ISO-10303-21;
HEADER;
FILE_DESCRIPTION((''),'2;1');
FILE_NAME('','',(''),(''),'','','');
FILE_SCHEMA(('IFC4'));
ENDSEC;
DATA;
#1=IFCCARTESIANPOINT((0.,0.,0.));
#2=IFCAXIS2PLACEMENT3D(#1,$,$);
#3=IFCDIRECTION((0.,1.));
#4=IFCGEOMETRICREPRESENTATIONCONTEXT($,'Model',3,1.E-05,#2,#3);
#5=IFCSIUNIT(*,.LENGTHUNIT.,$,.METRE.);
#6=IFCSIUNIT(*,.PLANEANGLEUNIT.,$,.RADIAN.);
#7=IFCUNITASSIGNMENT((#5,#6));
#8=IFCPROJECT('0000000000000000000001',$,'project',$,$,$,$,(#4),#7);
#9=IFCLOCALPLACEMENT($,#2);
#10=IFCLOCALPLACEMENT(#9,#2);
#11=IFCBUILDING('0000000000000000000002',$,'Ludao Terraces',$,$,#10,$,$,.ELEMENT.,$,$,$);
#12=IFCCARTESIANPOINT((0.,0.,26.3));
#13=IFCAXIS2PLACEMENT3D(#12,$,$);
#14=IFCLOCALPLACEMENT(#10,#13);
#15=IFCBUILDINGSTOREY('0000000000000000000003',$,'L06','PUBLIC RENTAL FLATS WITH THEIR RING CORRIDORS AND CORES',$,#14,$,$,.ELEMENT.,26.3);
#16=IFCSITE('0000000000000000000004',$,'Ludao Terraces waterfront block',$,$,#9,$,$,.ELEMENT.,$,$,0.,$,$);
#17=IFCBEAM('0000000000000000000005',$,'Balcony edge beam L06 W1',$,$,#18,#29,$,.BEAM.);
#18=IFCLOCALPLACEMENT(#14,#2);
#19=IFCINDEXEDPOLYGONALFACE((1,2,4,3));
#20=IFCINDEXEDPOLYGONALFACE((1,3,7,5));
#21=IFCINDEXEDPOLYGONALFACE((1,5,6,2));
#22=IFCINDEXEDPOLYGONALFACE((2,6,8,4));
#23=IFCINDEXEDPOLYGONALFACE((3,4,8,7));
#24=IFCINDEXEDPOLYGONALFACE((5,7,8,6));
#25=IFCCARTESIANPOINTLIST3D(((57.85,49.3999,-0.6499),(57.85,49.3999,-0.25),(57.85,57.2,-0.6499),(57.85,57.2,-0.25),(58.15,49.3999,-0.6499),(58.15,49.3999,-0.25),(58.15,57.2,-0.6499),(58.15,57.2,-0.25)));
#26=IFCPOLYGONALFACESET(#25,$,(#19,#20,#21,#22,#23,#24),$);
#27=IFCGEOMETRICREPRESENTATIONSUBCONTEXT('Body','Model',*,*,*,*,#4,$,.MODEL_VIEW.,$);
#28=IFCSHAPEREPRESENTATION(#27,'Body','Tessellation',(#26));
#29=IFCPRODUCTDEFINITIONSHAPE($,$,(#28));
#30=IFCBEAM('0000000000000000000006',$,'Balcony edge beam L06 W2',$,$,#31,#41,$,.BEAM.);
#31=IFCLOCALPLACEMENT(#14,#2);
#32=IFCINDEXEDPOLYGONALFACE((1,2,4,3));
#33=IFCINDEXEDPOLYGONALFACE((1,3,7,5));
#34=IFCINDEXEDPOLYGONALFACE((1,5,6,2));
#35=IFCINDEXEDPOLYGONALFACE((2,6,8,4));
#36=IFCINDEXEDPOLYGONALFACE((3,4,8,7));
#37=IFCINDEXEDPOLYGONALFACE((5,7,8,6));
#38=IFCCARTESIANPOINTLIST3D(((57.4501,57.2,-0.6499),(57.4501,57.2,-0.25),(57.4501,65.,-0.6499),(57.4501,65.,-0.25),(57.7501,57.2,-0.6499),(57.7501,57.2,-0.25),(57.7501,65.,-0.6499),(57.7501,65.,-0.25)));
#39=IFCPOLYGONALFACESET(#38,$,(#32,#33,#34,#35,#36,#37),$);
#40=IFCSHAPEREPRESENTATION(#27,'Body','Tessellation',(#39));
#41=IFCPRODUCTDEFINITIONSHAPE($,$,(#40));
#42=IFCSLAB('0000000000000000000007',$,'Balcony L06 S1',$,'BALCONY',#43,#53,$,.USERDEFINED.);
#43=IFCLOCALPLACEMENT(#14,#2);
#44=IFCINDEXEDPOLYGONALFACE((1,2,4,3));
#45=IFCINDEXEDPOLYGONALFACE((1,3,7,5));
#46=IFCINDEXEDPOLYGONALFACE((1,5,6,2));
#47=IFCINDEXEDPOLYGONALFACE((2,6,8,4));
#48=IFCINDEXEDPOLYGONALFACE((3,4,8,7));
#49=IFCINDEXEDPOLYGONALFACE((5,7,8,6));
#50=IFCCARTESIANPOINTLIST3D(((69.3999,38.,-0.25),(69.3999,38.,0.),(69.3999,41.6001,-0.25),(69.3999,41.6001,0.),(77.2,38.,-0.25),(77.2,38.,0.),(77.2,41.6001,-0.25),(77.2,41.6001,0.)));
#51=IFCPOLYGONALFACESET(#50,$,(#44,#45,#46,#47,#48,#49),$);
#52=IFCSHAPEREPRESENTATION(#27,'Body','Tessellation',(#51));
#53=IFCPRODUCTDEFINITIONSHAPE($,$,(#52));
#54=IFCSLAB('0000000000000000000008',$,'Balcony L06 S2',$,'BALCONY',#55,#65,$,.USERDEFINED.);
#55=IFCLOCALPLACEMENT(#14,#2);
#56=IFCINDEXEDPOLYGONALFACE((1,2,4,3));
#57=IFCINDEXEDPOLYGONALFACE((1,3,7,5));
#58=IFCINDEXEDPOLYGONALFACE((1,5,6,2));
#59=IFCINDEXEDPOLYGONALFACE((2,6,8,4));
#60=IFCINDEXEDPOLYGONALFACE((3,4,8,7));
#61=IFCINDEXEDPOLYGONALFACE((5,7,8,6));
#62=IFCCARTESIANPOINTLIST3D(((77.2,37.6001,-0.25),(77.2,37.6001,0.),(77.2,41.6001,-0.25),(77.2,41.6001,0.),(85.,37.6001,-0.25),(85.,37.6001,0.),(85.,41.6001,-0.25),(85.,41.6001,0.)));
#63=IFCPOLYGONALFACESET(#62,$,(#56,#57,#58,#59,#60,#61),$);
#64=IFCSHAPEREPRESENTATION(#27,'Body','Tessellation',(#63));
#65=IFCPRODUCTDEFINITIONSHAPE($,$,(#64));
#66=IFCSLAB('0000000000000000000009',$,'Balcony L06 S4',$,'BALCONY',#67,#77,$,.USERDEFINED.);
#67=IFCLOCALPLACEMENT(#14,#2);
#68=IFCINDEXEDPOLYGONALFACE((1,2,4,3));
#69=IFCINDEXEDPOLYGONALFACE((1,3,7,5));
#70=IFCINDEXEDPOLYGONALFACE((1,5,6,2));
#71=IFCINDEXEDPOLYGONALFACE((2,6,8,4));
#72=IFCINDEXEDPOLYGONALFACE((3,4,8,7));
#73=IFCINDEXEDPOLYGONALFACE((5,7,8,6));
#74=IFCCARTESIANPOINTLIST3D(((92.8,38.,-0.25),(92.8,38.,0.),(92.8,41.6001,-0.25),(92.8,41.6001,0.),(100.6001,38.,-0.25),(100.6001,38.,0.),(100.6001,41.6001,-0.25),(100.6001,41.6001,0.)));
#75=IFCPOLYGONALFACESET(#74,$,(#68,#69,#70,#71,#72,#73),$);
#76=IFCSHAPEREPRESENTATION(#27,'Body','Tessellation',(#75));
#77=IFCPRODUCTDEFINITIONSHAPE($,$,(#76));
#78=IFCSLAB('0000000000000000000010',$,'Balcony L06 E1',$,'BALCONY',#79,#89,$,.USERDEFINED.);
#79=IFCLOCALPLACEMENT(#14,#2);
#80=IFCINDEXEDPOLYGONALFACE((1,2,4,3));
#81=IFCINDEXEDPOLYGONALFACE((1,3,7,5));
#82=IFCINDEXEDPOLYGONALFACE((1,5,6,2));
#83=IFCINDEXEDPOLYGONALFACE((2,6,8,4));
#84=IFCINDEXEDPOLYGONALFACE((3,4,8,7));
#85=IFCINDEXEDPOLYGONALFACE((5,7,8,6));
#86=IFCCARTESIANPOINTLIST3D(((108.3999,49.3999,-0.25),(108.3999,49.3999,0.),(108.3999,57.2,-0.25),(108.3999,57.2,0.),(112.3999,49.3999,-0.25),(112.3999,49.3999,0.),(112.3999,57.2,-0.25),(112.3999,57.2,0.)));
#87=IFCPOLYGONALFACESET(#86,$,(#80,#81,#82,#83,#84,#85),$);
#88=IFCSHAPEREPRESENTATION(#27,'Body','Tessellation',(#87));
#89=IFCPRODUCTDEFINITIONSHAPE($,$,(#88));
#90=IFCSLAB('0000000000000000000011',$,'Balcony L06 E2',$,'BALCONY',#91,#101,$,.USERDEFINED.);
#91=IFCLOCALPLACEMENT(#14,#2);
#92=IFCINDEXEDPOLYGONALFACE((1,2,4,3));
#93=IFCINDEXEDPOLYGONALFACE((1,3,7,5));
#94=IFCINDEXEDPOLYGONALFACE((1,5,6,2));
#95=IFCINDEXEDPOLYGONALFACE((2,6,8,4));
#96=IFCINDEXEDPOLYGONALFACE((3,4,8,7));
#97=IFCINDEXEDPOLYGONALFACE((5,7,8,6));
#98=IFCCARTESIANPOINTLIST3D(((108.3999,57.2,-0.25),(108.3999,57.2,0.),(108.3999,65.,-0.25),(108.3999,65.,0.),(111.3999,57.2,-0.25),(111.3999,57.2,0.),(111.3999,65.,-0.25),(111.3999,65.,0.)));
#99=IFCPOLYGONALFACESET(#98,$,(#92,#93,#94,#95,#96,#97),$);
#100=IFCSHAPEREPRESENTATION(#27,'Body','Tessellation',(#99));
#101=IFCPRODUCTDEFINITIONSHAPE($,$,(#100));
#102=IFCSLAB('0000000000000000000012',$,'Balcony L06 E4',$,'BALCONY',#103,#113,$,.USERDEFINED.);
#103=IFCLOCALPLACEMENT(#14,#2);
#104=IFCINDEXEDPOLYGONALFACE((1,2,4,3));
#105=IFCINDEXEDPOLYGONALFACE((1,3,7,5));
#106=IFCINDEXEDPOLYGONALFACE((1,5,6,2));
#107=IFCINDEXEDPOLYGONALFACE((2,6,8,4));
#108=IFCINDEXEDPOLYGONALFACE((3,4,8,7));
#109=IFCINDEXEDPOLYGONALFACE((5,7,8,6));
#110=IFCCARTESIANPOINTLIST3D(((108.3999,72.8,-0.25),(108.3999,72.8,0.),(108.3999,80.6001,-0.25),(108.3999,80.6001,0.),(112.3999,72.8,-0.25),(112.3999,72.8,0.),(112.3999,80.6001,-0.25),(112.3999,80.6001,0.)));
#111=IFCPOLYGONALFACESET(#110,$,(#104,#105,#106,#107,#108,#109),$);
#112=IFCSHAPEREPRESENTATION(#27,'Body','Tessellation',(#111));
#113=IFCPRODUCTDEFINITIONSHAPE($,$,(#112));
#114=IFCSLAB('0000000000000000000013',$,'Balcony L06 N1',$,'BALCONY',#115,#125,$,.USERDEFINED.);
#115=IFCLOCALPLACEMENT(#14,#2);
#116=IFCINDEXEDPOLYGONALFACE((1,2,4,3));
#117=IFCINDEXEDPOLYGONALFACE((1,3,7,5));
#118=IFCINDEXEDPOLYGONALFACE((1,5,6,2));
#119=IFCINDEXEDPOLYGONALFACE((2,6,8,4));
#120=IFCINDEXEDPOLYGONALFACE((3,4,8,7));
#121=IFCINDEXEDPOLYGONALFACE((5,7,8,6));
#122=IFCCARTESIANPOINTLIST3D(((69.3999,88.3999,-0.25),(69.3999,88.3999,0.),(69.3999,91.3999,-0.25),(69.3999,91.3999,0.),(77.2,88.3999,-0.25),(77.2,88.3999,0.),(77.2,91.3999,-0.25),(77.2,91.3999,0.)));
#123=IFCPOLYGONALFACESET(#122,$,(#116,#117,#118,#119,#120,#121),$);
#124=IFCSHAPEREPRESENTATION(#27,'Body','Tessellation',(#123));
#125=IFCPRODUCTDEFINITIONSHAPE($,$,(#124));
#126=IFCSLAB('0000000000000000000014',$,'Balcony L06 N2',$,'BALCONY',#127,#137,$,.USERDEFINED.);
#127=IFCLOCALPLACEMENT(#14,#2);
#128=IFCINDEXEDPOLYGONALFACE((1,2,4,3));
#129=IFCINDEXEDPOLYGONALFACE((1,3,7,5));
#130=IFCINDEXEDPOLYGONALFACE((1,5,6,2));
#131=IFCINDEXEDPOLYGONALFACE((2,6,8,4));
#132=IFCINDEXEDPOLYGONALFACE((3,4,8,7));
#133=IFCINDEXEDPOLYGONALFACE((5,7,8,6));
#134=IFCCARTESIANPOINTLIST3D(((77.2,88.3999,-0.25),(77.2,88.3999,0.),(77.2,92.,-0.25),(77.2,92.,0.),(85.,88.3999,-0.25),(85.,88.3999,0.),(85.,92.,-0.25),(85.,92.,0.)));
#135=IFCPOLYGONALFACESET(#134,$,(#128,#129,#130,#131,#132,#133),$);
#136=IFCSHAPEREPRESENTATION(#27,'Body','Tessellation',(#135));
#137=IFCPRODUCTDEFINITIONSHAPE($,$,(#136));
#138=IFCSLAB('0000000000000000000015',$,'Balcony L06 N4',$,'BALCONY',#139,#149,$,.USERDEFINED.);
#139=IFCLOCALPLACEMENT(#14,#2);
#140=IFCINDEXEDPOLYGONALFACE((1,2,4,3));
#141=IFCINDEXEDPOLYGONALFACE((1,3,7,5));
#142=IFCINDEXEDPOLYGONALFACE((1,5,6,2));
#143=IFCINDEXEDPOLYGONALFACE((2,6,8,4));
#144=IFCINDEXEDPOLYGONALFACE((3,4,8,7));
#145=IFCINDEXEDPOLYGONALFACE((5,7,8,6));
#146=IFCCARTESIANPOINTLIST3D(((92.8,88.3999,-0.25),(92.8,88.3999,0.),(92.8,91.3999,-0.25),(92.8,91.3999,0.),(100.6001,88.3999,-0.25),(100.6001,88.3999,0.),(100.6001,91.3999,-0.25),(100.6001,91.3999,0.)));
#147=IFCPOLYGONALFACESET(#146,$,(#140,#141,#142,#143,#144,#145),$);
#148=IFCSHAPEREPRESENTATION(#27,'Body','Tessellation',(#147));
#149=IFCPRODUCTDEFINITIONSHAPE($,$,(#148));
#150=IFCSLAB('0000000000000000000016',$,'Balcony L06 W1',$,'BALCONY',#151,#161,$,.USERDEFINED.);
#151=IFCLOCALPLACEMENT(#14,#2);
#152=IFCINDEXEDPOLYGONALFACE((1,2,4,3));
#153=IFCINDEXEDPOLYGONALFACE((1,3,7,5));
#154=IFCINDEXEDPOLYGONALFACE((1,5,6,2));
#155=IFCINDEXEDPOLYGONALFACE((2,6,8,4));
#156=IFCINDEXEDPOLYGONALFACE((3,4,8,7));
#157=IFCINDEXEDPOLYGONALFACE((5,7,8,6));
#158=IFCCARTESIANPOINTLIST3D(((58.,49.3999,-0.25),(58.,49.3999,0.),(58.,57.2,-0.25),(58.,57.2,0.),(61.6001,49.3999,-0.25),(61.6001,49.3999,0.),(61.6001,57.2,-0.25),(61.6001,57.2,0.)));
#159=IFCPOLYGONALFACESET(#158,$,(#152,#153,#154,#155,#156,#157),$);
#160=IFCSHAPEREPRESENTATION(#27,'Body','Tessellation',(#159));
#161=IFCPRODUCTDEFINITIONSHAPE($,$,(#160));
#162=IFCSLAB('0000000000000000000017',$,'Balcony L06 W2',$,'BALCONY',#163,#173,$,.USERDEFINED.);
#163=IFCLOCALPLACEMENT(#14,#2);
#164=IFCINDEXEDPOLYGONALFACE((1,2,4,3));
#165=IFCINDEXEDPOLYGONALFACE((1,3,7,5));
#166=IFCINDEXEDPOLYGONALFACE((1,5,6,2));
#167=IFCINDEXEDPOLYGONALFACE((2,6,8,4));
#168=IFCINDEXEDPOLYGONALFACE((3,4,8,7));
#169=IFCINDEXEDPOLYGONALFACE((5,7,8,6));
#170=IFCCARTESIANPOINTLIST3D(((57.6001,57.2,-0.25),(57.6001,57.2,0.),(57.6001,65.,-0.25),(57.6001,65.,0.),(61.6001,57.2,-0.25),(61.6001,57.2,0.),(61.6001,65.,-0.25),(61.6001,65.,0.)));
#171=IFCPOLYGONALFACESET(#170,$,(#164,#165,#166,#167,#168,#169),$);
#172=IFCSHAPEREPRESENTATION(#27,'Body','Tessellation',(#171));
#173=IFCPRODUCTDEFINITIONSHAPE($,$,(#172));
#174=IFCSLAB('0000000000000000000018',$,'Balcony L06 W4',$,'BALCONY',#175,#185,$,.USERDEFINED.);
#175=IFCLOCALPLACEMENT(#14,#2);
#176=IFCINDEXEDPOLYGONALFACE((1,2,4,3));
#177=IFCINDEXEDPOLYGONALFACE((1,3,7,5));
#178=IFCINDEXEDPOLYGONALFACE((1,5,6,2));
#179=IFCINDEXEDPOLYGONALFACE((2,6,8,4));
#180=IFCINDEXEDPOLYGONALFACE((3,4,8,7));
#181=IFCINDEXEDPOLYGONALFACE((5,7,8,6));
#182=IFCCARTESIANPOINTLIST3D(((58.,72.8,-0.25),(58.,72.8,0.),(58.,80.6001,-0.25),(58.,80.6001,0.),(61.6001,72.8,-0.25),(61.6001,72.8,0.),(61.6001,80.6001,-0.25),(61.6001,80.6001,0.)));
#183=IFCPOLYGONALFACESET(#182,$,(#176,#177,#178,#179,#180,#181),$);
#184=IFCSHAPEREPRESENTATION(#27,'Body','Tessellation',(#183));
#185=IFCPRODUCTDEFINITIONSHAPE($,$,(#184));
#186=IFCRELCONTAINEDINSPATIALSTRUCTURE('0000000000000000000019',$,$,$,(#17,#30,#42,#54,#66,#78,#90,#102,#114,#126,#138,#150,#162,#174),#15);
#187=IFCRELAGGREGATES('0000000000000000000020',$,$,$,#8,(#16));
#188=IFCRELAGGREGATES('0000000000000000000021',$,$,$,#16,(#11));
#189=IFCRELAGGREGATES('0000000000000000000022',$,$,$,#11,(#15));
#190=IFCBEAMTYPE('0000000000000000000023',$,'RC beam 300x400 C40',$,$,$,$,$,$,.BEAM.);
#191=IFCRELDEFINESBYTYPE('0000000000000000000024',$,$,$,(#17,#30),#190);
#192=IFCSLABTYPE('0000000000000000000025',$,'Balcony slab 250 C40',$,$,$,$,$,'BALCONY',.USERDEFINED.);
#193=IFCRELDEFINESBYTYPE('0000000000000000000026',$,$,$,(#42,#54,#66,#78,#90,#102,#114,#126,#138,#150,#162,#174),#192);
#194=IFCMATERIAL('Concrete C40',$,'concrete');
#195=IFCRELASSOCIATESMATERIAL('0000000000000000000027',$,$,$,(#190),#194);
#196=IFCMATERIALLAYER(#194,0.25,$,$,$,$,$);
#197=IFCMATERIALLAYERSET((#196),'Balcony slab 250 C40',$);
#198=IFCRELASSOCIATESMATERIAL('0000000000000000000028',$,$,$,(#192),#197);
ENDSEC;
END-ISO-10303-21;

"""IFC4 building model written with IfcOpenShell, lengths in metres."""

from ifc_helpers import new_model, si_unit, direction, frame, origin, origin_2d, place, context, subcontext, project, spatial, polyline, rectangle, outline, extrude, material, layer, layer_set, material_profile, profile_set, type_object, element, save


model = new_model("IFC4")

# Units and contexts
model_context = context("Model", 3, precision=1e-05, world=origin(), true_north=direction((0.0, 1.0)))
body_context = subcontext(model_context, "Body", "Model", "MODEL_VIEW")
ifc_project = project(units=[si_unit("LENGTHUNIT", "METRE"), si_unit("PLANEANGLEUNIT", "RADIAN")], contexts=[model_context])

# Site, building, storey
site_placement = place(None, origin())
site = spatial("IfcSite", under=ifc_project, at=site_placement, Name="Ludao Terraces waterfront block", CompositionType="ELEMENT", RefElevation=0.0)
building_placement = place(site_placement, origin())
building = spatial("IfcBuilding", under=site, at=building_placement, Name="Ludao Terraces", CompositionType="ELEMENT")
storey_placement = place(building_placement, frame((0.0, 0.0, 26.3)))
storey = spatial("IfcBuildingStorey", under=building, at=storey_placement, Name="L06", Description="PUBLIC RENTAL FLATS WITH THEIR RING CORRIDORS AND CORES", CompositionType="ELEMENT", Elevation=26.3)

# Beams
ifc_material_1 = material(Name="Concrete C40", Category="concrete")
ifc_material_profile = material_profile(ifc_material_1, rectangle(XDim=0.3, YDim=0.3999, at=origin_2d()), Name="300 X 400")
ifc_profile_set = profile_set([ifc_material_profile], Name="Concrete C40")
beam_type = type_object("IfcBeamType", Name="RC beam 300x400 C40", PredefinedType="BEAM", material=ifc_profile_set)
for number, where, z_axis, x_axis, name in (
    (1, (58.0, 49.3999, -0.45), (0.0, 1.0, 0.0), (-1.0, 0.0, 0.0), "Balcony edge beam L06 W1"),
    (2, (57.6001, 57.2, -0.45), (0.0, 1.0, 0.0), (-1.0, 0.0, 0.0), "Balcony edge beam L06 W2"),
):
    element("IfcBeam", number, at=place(storey_placement, frame(where, z_axis=z_axis, x_axis=x_axis)), inside=storey, type_object=beam_type, Name=name, PredefinedType="BEAM", context=body_context, shape_type="SweptSolid", body=[
        extrude(rectangle(XDim=0.3, YDim=0.3999, at=origin_2d()), origin(), (0.0, 0.0, 1.0), 7.8),
    ])

# Slabs
ifc_layer_1 = layer(ifc_material_1, 0.25)
ifc_layer_set_1 = layer_set([ifc_layer_1], Name="Balcony slab 250 C40")
slab_type_1 = type_object("IfcSlabType", Name="Balcony slab 250 C40", ElementType="BALCONY", PredefinedType="USERDEFINED", material=ifc_layer_set_1)
slab_1_placement = place(storey_placement, frame((0.0, 0.0, -0.25)))
element("IfcSlab", 3, at=slab_1_placement, inside=storey, type_object=slab_type_1, Name="Balcony L06 S1", ObjectType="BALCONY", PredefinedType="USERDEFINED", context=body_context, shape_type="SweptSolid", body=[
    extrude(outline(polyline([(69.3999, 38.0), (77.2, 38.0), (77.2, 41.6001), (69.3999, 41.6001), (69.3999, 38.0)])), origin(), (0.0, 0.0, 1.0), 0.25),
])
slab_2_placement = place(storey_placement, frame((0.0, 0.0, -0.25)))
element("IfcSlab", 4, at=slab_2_placement, inside=storey, type_object=slab_type_1, Name="Balcony L06 S2", ObjectType="BALCONY", PredefinedType="USERDEFINED", context=body_context, shape_type="SweptSolid", body=[
    extrude(outline(polyline([(77.2, 37.6001), (85.0, 37.6001), (85.0, 41.6001), (77.2, 41.6001), (77.2, 37.6001)])), origin(), (0.0, 0.0, 1.0), 0.25),
])
slab_3_placement = place(storey_placement, frame((0.0, 0.0, -0.25)))
element("IfcSlab", 5, at=slab_3_placement, inside=storey, type_object=slab_type_1, Name="Balcony L06 S4", ObjectType="BALCONY", PredefinedType="USERDEFINED", context=body_context, shape_type="SweptSolid", body=[
    extrude(outline(polyline([(92.8, 38.0), (100.6001, 38.0), (100.6001, 41.6001), (92.8, 41.6001), (92.8, 38.0)])), origin(), (0.0, 0.0, 1.0), 0.25),
])
slab_4_placement = place(storey_placement, frame((0.0, 0.0, -0.25)))
element("IfcSlab", 6, at=slab_4_placement, inside=storey, type_object=slab_type_1, Name="Balcony L06 E1", ObjectType="BALCONY", PredefinedType="USERDEFINED", context=body_context, shape_type="SweptSolid", body=[
    extrude(outline(polyline([(108.3999, 49.3999), (112.3999, 49.3999), (112.3999, 57.2), (108.3999, 57.2), (108.3999, 49.3999)])), origin(), (0.0, 0.0, 1.0), 0.25),
])
slab_5_placement = place(storey_placement, frame((0.0, 0.0, -0.25)))
element("IfcSlab", 7, at=slab_5_placement, inside=storey, type_object=slab_type_1, Name="Balcony L06 E2", ObjectType="BALCONY", PredefinedType="USERDEFINED", context=body_context, shape_type="SweptSolid", body=[
    extrude(outline(polyline([(108.3999, 57.2), (111.3999, 57.2), (111.3999, 65.0), (108.3999, 65.0), (108.3999, 57.2)])), origin(), (0.0, 0.0, 1.0), 0.25),
])
slab_6_placement = place(storey_placement, frame((0.0, 0.0, -0.25)))
element("IfcSlab", 8, at=slab_6_placement, inside=storey, type_object=slab_type_1, Name="Balcony L06 E4", ObjectType="BALCONY", PredefinedType="USERDEFINED", context=body_context, shape_type="SweptSolid", body=[
    extrude(outline(polyline([(108.3999, 72.8), (112.3999, 72.8), (112.3999, 80.6001), (108.3999, 80.6001), (108.3999, 72.8)])), origin(), (0.0, 0.0, 1.0), 0.25),
])
slab_7_placement = place(storey_placement, frame((0.0, 0.0, -0.25)))
element("IfcSlab", 9, at=slab_7_placement, inside=storey, type_object=slab_type_1, Name="Balcony L06 N1", ObjectType="BALCONY", PredefinedType="USERDEFINED", context=body_context, shape_type="SweptSolid", body=[
    extrude(outline(polyline([(69.3999, 88.3999), (77.2, 88.3999), (77.2, 91.3999), (69.3999, 91.3999), (69.3999, 88.3999)])), origin(), (0.0, 0.0, 1.0), 0.25),
])
slab_8_placement = place(storey_placement, frame((0.0, 0.0, -0.25)))
element("IfcSlab", 10, at=slab_8_placement, inside=storey, type_object=slab_type_1, Name="Balcony L06 N2", ObjectType="BALCONY", PredefinedType="USERDEFINED", context=body_context, shape_type="SweptSolid", body=[
    extrude(outline(polyline([(77.2, 88.3999), (85.0, 88.3999), (85.0, 92.0), (77.2, 92.0), (77.2, 88.3999)])), origin(), (0.0, 0.0, 1.0), 0.25),
])
slab_9_placement = place(storey_placement, frame((0.0, 0.0, -0.25)))
element("IfcSlab", 11, at=slab_9_placement, inside=storey, type_object=slab_type_1, Name="Balcony L06 N4", ObjectType="BALCONY", PredefinedType="USERDEFINED", context=body_context, shape_type="SweptSolid", body=[
    extrude(outline(polyline([(92.8, 88.3999), (100.6001, 88.3999), (100.6001, 91.3999), (92.8, 91.3999), (92.8, 88.3999)])), origin(), (0.0, 0.0, 1.0), 0.25),
])
slab_10_placement = place(storey_placement, frame((0.0, 0.0, -0.25)))
element("IfcSlab", 12, at=slab_10_placement, inside=storey, type_object=slab_type_1, Name="Balcony L06 W1", ObjectType="BALCONY", PredefinedType="USERDEFINED", context=body_context, shape_type="SweptSolid", body=[
    extrude(outline(polyline([(58.0, 49.3999), (61.6001, 49.3999), (61.6001, 57.2), (58.0, 57.2), (58.0, 49.3999)])), origin(), (0.0, 0.0, 1.0), 0.25),
])
slab_11_placement = place(storey_placement, frame((0.0, 0.0, -0.25)))
element("IfcSlab", 13, at=slab_11_placement, inside=storey, type_object=slab_type_1, Name="Balcony L06 W2", ObjectType="BALCONY", PredefinedType="USERDEFINED", context=body_context, shape_type="SweptSolid", body=[
    extrude(outline(polyline([(57.6001, 57.2), (61.6001, 57.2), (61.6001, 65.0), (57.6001, 65.0), (57.6001, 57.2)])), origin(), (0.0, 0.0, 1.0), 0.25),
])
slab_12_placement = place(storey_placement, frame((0.0, 0.0, -0.25)))
element("IfcSlab", 14, at=slab_12_placement, inside=storey, type_object=slab_type_1, Name="Balcony L06 W4", ObjectType="BALCONY", PredefinedType="USERDEFINED", context=body_context, shape_type="SweptSolid", body=[
    extrude(outline(polyline([(58.0, 72.8), (61.6001, 72.8), (61.6001, 80.6001), (58.0, 80.6001), (58.0, 72.8)])), origin(), (0.0, 0.0, 1.0), 0.25),
])

save(model, "model.ifc")
